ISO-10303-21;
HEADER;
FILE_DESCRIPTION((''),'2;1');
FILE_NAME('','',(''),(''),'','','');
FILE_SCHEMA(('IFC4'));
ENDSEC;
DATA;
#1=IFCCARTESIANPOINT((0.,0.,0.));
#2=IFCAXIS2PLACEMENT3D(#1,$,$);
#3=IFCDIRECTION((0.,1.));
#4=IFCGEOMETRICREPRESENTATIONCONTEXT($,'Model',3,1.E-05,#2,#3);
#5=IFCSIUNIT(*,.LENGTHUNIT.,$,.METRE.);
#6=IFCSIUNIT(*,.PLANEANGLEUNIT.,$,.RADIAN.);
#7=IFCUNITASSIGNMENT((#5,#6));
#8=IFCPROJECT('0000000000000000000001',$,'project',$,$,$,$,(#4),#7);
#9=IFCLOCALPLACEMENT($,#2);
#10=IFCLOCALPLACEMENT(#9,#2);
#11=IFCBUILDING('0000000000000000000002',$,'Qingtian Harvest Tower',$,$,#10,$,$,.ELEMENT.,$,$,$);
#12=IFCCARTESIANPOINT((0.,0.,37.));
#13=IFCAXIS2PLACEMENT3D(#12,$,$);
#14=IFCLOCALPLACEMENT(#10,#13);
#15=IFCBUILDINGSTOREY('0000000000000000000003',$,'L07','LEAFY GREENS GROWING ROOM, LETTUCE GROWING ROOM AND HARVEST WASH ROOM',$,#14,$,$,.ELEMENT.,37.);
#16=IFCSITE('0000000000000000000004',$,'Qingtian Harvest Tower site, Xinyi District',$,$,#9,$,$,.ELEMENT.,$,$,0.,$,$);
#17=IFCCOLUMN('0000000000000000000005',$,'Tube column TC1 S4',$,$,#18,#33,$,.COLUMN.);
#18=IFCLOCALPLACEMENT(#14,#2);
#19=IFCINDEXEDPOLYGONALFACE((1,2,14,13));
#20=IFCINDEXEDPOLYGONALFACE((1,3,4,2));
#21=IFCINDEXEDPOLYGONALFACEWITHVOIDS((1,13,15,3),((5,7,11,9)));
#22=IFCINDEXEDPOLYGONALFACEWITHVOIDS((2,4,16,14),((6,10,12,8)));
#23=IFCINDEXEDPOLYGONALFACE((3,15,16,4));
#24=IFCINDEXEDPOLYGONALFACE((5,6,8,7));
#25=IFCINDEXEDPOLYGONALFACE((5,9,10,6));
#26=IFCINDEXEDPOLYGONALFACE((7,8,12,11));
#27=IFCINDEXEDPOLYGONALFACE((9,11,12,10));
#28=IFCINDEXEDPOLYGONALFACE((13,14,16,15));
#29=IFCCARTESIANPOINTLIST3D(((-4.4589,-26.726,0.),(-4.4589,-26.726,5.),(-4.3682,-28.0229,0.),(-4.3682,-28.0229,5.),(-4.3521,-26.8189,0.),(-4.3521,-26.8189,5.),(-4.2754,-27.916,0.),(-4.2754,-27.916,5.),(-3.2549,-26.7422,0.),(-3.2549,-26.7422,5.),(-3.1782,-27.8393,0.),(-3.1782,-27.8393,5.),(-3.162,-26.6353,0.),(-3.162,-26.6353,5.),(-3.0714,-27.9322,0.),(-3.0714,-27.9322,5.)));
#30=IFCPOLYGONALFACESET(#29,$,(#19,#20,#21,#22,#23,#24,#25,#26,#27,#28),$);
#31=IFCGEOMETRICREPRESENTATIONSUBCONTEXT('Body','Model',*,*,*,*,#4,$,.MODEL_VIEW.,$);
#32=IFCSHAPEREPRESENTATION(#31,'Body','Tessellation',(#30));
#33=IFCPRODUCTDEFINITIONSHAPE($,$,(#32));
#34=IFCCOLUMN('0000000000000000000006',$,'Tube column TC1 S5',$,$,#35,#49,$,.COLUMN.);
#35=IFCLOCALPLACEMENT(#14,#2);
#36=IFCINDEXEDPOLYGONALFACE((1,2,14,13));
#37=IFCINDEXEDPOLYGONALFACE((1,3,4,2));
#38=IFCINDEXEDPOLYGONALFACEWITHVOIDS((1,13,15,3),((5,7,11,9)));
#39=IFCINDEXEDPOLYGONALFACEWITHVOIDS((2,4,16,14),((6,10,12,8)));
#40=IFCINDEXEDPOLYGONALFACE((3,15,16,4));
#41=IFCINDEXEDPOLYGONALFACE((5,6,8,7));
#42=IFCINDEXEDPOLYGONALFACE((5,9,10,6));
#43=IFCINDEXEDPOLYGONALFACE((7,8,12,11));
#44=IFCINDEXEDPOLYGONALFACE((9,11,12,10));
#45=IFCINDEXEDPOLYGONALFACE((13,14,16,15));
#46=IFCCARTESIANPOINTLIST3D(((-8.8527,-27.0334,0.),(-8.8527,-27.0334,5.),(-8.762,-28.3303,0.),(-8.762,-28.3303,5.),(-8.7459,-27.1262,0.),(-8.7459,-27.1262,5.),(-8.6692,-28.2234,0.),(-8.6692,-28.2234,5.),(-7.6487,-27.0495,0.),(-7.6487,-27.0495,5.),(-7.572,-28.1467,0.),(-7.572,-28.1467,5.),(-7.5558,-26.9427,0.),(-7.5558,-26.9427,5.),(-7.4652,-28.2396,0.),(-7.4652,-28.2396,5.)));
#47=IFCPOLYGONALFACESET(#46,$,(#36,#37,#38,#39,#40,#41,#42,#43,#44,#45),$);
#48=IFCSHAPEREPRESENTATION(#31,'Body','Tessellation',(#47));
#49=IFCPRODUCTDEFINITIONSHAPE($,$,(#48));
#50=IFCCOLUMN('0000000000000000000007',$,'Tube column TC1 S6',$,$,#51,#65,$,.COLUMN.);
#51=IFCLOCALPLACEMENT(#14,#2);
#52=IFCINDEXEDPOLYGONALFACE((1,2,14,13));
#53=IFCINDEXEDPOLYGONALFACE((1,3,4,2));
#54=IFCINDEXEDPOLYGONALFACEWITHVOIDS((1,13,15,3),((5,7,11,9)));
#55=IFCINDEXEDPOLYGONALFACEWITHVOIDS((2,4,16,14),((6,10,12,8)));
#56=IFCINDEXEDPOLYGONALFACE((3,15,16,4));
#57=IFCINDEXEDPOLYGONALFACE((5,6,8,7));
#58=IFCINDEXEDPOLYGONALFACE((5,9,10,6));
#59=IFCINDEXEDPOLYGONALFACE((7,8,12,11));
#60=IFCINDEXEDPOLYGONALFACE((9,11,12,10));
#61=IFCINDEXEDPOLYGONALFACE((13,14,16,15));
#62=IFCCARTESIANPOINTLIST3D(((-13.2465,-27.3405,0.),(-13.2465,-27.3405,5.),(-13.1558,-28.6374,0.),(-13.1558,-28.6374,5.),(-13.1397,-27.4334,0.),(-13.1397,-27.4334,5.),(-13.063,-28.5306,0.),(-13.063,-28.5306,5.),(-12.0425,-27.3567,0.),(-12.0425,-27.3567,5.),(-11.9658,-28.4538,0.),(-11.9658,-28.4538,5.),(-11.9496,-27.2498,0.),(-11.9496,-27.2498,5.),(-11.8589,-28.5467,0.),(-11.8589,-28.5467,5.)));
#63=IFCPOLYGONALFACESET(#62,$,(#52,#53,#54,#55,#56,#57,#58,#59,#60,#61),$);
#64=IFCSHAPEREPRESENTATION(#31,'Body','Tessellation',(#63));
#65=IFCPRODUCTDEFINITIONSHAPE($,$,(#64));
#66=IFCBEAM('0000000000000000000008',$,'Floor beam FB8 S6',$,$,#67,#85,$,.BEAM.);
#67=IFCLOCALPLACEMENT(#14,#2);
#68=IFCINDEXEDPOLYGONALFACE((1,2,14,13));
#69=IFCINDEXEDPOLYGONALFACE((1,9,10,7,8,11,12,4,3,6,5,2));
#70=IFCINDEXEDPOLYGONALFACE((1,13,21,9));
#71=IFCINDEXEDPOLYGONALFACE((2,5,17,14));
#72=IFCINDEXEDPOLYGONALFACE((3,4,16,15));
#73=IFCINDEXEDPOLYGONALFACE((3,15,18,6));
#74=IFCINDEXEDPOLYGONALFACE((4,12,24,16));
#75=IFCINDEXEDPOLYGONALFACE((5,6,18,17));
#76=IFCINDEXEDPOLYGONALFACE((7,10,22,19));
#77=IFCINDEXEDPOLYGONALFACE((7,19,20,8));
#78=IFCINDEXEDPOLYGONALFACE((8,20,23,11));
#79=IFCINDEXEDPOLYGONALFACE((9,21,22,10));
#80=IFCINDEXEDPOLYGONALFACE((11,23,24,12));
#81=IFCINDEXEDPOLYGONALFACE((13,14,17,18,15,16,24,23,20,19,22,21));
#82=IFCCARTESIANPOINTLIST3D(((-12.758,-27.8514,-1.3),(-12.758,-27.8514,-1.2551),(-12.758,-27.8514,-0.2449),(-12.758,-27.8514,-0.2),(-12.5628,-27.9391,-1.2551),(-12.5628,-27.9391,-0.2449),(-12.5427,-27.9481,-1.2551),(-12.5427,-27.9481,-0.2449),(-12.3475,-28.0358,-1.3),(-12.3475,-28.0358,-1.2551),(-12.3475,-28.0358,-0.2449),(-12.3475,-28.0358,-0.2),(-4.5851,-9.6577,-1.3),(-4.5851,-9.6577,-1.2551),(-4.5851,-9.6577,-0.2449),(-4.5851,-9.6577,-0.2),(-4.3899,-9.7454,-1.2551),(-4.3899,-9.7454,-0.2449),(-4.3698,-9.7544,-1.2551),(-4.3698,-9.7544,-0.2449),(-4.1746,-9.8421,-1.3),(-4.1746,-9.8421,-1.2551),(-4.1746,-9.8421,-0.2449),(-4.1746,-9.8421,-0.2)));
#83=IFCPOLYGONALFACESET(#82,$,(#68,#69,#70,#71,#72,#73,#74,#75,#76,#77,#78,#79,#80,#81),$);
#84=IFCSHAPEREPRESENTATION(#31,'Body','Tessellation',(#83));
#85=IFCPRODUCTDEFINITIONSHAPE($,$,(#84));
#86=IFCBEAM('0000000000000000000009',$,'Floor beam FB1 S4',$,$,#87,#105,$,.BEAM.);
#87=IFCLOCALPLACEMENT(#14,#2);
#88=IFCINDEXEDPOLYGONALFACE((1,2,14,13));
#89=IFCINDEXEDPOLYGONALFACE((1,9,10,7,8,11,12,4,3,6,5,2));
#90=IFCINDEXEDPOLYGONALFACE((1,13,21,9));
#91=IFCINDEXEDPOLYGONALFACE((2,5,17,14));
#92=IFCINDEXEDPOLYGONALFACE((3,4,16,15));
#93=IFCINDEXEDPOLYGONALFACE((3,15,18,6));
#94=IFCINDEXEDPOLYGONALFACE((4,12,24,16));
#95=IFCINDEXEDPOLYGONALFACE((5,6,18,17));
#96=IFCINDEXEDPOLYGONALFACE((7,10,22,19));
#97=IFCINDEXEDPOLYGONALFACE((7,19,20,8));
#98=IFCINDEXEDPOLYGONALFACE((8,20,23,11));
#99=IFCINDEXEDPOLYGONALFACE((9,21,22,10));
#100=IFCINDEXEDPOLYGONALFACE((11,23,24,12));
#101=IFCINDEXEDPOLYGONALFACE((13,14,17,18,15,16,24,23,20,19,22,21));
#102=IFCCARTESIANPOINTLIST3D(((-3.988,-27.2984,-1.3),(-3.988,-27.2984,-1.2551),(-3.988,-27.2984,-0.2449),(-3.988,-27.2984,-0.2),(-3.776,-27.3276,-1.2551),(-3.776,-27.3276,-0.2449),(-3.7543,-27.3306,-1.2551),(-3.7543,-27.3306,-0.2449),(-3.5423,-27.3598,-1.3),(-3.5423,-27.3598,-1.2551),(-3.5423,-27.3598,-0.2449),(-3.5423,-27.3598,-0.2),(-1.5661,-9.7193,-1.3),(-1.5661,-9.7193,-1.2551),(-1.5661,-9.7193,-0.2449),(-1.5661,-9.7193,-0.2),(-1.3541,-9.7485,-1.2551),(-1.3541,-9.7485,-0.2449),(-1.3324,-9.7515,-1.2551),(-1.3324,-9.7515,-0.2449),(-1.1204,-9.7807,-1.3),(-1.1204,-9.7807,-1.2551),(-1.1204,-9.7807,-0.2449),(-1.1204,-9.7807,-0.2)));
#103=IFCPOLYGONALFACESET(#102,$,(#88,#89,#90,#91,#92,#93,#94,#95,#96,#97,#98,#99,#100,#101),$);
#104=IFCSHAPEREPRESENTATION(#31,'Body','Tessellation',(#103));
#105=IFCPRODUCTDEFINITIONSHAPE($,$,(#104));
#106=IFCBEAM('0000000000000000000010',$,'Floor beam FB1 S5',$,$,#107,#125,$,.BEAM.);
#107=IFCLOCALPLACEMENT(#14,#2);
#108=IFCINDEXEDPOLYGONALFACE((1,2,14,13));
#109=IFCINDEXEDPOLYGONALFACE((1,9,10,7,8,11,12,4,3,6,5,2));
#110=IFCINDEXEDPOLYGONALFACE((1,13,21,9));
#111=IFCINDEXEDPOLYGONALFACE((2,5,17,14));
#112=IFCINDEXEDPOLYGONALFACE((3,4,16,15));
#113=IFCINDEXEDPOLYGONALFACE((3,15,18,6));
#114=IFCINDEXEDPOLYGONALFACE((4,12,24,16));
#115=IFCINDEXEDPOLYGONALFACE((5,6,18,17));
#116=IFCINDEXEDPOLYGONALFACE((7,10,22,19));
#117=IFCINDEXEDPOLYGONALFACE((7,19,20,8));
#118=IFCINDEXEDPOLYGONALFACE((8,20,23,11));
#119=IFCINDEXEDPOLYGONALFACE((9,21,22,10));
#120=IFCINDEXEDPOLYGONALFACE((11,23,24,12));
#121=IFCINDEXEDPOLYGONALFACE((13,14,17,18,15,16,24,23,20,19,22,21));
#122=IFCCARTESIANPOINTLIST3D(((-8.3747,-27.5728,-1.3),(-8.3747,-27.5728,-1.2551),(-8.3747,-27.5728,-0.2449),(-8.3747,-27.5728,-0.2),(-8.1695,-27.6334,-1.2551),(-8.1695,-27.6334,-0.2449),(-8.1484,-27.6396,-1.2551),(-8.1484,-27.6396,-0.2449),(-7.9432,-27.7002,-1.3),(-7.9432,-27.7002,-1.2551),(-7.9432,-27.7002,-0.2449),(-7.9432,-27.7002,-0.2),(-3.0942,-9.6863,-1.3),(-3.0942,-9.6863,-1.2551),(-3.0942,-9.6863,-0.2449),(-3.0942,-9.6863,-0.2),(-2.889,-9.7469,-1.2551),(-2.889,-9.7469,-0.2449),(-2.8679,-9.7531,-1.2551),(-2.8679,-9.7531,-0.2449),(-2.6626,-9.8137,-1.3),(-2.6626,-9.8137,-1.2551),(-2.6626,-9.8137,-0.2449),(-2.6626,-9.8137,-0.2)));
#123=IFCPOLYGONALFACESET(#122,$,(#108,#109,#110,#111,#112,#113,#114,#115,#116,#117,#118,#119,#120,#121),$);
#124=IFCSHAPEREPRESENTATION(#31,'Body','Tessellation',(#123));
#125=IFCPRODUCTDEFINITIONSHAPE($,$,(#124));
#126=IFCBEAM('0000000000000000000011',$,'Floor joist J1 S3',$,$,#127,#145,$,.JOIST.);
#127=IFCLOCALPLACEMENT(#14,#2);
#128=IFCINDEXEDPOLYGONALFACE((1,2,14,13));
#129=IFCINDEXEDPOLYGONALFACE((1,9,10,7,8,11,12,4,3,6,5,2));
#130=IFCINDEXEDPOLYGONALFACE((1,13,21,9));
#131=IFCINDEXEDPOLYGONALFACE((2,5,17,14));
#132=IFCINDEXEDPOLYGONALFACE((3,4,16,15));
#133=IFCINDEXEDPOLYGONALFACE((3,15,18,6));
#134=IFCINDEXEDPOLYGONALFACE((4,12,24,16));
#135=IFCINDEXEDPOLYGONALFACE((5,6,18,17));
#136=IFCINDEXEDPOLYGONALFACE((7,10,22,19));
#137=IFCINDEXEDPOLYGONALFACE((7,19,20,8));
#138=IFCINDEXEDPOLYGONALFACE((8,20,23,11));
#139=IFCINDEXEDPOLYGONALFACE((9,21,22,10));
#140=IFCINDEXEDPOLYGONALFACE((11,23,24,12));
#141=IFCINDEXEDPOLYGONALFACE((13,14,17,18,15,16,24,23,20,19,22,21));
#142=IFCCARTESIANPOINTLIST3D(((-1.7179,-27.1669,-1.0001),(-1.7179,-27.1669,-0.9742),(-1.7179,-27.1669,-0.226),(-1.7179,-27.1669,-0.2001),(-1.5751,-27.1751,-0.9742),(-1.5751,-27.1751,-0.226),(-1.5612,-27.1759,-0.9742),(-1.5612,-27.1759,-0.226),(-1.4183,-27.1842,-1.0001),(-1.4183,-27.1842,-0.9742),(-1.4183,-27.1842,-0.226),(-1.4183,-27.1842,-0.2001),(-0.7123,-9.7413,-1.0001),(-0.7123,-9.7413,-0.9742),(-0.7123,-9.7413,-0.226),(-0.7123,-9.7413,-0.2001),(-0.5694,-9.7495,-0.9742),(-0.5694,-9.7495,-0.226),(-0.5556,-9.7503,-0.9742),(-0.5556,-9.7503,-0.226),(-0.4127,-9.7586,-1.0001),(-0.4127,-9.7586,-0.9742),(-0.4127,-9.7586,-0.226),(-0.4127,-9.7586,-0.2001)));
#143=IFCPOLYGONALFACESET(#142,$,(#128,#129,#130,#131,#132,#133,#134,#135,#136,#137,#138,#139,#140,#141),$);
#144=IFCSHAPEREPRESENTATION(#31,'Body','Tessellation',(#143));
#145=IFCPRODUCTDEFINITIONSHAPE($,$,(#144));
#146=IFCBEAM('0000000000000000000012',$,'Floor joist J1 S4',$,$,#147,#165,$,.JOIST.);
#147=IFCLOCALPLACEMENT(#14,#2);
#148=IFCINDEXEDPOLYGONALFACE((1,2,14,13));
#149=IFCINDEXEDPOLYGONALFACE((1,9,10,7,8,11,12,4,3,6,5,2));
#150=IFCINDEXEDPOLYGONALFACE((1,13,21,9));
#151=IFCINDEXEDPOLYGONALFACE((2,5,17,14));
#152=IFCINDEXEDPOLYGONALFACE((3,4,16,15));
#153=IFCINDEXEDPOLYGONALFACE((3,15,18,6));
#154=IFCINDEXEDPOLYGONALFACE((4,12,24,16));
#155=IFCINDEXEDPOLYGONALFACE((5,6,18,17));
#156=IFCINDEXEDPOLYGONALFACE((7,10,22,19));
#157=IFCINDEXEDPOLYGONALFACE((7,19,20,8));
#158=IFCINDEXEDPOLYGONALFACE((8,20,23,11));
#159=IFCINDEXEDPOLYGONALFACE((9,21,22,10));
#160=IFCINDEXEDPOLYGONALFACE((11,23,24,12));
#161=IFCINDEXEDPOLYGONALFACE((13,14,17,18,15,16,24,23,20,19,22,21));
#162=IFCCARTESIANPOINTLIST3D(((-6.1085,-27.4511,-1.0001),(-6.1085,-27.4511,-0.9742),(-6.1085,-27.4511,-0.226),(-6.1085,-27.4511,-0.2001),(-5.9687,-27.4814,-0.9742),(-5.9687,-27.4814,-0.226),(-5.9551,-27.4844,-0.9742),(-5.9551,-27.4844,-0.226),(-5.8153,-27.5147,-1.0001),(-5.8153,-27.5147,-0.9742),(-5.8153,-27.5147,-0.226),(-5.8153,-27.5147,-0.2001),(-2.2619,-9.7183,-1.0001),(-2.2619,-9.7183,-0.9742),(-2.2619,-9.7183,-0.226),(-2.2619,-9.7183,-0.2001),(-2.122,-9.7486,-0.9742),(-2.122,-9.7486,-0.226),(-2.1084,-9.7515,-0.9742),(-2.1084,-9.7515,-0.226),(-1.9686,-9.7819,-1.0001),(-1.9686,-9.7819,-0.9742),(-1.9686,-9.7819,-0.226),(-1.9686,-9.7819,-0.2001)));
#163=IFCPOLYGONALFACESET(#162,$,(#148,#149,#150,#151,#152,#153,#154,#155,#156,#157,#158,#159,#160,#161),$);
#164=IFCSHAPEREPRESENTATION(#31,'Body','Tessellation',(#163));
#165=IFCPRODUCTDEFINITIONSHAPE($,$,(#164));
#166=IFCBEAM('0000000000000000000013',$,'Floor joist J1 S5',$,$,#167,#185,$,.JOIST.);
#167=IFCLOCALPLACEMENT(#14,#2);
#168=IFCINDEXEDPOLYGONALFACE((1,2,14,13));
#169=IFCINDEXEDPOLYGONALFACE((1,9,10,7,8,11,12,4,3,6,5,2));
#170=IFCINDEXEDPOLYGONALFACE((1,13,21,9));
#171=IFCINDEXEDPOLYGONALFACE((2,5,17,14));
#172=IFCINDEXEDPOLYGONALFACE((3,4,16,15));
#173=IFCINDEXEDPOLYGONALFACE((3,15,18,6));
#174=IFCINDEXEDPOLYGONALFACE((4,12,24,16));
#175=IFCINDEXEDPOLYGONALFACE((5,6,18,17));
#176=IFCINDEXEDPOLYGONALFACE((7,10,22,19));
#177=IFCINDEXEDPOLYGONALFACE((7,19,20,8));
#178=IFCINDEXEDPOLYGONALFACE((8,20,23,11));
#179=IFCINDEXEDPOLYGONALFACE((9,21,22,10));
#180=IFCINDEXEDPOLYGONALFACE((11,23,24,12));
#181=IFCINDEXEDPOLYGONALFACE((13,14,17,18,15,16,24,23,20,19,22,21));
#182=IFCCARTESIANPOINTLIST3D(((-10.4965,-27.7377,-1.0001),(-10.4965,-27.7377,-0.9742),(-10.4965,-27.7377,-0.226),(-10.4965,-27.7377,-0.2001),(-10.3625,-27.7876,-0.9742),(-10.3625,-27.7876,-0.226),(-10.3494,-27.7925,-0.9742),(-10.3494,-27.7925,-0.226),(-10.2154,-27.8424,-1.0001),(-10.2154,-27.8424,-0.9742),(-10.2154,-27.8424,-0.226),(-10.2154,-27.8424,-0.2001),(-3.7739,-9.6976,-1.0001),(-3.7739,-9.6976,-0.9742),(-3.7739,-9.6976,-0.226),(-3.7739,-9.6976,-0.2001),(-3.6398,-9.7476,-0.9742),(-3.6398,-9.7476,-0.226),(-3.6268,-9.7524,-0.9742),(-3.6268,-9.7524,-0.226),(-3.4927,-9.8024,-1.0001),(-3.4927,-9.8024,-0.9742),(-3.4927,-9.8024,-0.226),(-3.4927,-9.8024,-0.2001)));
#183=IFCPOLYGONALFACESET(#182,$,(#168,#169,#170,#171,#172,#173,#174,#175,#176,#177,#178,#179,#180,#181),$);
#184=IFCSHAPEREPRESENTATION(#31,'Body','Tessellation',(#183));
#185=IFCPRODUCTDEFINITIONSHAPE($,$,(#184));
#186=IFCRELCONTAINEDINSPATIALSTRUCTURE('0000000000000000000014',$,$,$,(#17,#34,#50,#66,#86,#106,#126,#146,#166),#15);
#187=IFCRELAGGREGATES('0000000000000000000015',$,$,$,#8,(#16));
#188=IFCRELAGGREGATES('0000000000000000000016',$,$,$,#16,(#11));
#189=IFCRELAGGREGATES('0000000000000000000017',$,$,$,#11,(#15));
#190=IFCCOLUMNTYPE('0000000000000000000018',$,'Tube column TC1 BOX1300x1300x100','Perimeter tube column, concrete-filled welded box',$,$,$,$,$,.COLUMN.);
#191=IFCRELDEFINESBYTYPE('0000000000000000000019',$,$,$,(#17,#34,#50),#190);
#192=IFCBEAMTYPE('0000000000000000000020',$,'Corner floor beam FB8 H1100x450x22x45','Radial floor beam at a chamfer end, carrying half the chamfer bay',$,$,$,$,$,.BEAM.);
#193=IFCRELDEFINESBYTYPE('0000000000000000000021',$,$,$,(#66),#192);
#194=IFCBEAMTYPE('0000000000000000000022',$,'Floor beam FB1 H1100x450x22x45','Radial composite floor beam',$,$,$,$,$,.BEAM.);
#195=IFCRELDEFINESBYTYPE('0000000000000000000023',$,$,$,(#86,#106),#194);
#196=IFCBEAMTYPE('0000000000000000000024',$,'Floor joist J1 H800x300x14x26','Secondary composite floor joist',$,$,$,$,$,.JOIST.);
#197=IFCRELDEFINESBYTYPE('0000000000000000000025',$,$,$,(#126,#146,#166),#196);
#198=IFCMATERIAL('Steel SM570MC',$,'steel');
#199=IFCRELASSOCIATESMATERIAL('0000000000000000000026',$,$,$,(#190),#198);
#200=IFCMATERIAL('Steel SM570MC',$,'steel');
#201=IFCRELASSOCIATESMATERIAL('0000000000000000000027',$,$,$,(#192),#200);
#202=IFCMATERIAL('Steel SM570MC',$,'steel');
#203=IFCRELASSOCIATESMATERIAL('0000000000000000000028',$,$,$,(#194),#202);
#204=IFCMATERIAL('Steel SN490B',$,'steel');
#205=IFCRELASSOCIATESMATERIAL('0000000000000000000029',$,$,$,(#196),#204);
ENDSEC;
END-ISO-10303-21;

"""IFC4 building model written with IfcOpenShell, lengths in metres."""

from ifc_helpers import new_model, si_unit, direction, frame, origin, origin_2d, place, context, subcontext, project, spatial, hollow_rectangle, i_section, extrude, material, material_profile, profile_set, type_object, element, save


model = new_model("IFC4")

# Units and contexts
model_context = context("Model", 3, precision=1e-05, world=origin(), true_north=direction((0.0, 1.0)))
body_context = subcontext(model_context, "Body", "Model", "MODEL_VIEW")
ifc_project = project(units=[si_unit("LENGTHUNIT", "METRE"), si_unit("PLANEANGLEUNIT", "RADIAN")], contexts=[model_context])

# Site, building, storey
site_placement = place(None, origin())
site = spatial("IfcSite", under=ifc_project, at=site_placement, Name="Qingtian Harvest Tower site, Xinyi District", CompositionType="ELEMENT", RefElevation=0.0)
building_placement = place(site_placement, origin())
building = spatial("IfcBuilding", under=site, at=building_placement, Name="Qingtian Harvest Tower", CompositionType="ELEMENT")
storey_placement = place(building_placement, frame((0.0, 0.0, 37.0)))
storey = spatial("IfcBuildingStorey", under=building, at=storey_placement, Name="L07", Description="LEAFY GREENS GROWING ROOM, LETTUCE GROWING ROOM AND HARVEST WASH ROOM", CompositionType="ELEMENT", Elevation=37.0)

# Columns
ifc_material_1 = material(Name="Steel SM570MC", Category="steel")
ifc_material_profile_1 = material_profile(ifc_material_1, hollow_rectangle(XDim=1.3, YDim=1.3, WallThickness=0.1001, at=origin_2d()), Name="BOX1300x1300x100")
ifc_profile_set_1 = profile_set([ifc_material_profile_1], Name="Steel SM570MC")
column_type = type_object("IfcColumnType", Name="Tube column TC1 BOX1300x1300x100", Description="Perimeter tube column, concrete-filled welded box", PredefinedType="COLUMN", material=ifc_profile_set_1)
for number, where, z_axis, x_axis, name in (
    (1, (-3.7651, -27.3291, 0.0), (0.0, 0.0, 1.0), (0.997564, 0.069756, 0.0), "Tube column TC1 S4"),
    (2, (-8.1589, -27.6365, 0.0), (0.0, 0.0, 1.0), (0.997564, 0.069756, 0.0), "Tube column TC1 S5"),
    (3, (-12.5527, -27.9436, 0.0), (0.0, 0.0, 1.0), (0.997564, 0.069756, 0.0), "Tube column TC1 S6"),
):
    element("IfcColumn", number, at=place(storey_placement, frame(where, z_axis=z_axis, x_axis=x_axis)), inside=storey, type_object=column_type, Name=name, PredefinedType="COLUMN", context=body_context, shape_type="SweptSolid", body=[
        extrude(hollow_rectangle(XDim=1.3, YDim=1.3, WallThickness=0.1001, at=origin_2d()), origin(), (0.0, 0.0, 1.0), 5.0),
    ])

# Beams
ifc_material_2 = material(Name="Steel SM570MC", Category="steel")
ifc_material_profile_2 = material_profile(ifc_material_2, i_section(OverallWidth=0.45, OverallDepth=1.1001, WebThickness=0.022, FlangeThickness=0.0449, at=origin_2d()), Name="H1100x450x22x45")
ifc_profile_set_2 = profile_set([ifc_material_profile_2], Name="Steel SM570MC")
beam_type_1 = type_object("IfcBeamType", Name="Corner floor beam FB8 H1100x450x22x45", Description="Radial floor beam at a chamfer end, carrying half the chamfer bay", PredefinedType="BEAM", material=ifc_profile_set_2)
beam_1_placement = place(storey_placement, frame((-12.5527, -27.9436, -0.75), z_axis=(0.40977, 0.912189, 0.0), x_axis=(-0.912189, 0.40977, 0.0)))
element("IfcBeam", 4, at=beam_1_placement, inside=storey, type_object=beam_type_1, Name="Floor beam FB8 S6", PredefinedType="BEAM", context=body_context, shape_type="SweptSolid", body=[
    extrude(i_section(OverallWidth=0.45, OverallDepth=1.1001, WebThickness=0.022, FlangeThickness=0.0449, at=origin_2d()), origin(), (0.0, 0.0, 1.0), 19.9451),
])
ifc_material_3 = material(Name="Steel SM570MC", Category="steel")
ifc_material_profile_3 = material_profile(ifc_material_3, i_section(OverallWidth=0.45, OverallDepth=1.1001, WebThickness=0.022, FlangeThickness=0.0449, at=origin_2d()), Name="H1100x450x22x45")
ifc_profile_set_3 = profile_set([ifc_material_profile_3], Name="Steel SM570MC")
beam_type_2 = type_object("IfcBeamType", Name="Floor beam FB1 H1100x450x22x45", Description="Radial composite floor beam", PredefinedType="BEAM", material=ifc_profile_set_3)
beam_2_placement = place(storey_placement, frame((-3.7651, -27.3291, -0.75), z_axis=(0.136481, 0.990643, 0.0), x_axis=(-0.990643, 0.136481, 0.0)))
element("IfcBeam", 5, at=beam_2_placement, inside=storey, type_object=beam_type_2, Name="Floor beam FB1 S4", PredefinedType="BEAM", context=body_context, shape_type="SweptSolid", body=[
    extrude(i_section(OverallWidth=0.45, OverallDepth=1.1001, WebThickness=0.022, FlangeThickness=0.0449, at=origin_2d()), origin(), (0.0, 0.0, 1.0), 17.7451),
])
beam_3_placement = place(storey_placement, frame((-8.1589, -27.6365, -0.75), z_axis=(0.283143, 0.959078, 0.0), x_axis=(-0.959078, 0.283143, 0.0)))
element("IfcBeam", 6, at=beam_3_placement, inside=storey, type_object=beam_type_2, Name="Floor beam FB1 S5", PredefinedType="BEAM", context=body_context, shape_type="SweptSolid", body=[
    extrude(i_section(OverallWidth=0.45, OverallDepth=1.1001, WebThickness=0.022, FlangeThickness=0.0449, at=origin_2d()), origin(), (0.0, 0.0, 1.0), 18.6497),
])
ifc_material_4 = material(Name="Steel SN490B", Category="steel")
ifc_material_profile_4 = material_profile(ifc_material_4, i_section(OverallWidth=0.3, OverallDepth=0.8, WebThickness=0.0139, FlangeThickness=0.0259, at=origin_2d()), Name="H800x300x14x26")
ifc_profile_set_4 = profile_set([ifc_material_profile_4], Name="Steel SN490B")
beam_type_3 = type_object("IfcBeamType", Name="Floor joist J1 H800x300x14x26", Description="Secondary composite floor joist", PredefinedType="JOIST", material=ifc_profile_set_4)
beam_4_placement = place(storey_placement, frame((-1.5681, -27.1755, -0.6001), z_axis=(0.057613, 0.998339, 0.0), x_axis=(-0.998339, 0.057613, 0.0)))
element("IfcBeam", 7, at=beam_4_placement, inside=storey, type_object=beam_type_3, Name="Floor joist J1 S3", PredefinedType="JOIST", context=body_context, shape_type="SweptSolid", body=[
    extrude(i_section(OverallWidth=0.3, OverallDepth=0.8, WebThickness=0.0139, FlangeThickness=0.0259, at=origin_2d()), origin(), (0.0, 0.0, 1.0), 17.4546),
])
beam_5_placement = place(storey_placement, frame((-5.9619, -27.4829, -0.6001), z_axis=(0.211993, 0.977271, 0.0), x_axis=(-0.977271, 0.211993, 0.0)))
element("IfcBeam", 8, at=beam_5_placement, inside=storey, type_object=beam_type_3, Name="Floor joist J1 S4", PredefinedType="JOIST", context=body_context, shape_type="SweptSolid", body=[
    extrude(i_section(OverallWidth=0.3, OverallDepth=0.8, WebThickness=0.0139, FlangeThickness=0.0259, at=origin_2d()), origin(), (0.0, 0.0, 1.0), 18.1453),
])
beam_6_placement = place(storey_placement, frame((-10.356, -27.79, -0.6001), z_axis=(0.349194, 0.937051, 0.0), x_axis=(-0.937051, 0.349194, 0.0)))
element("IfcBeam", 9, at=beam_6_placement, inside=storey, type_object=beam_type_3, Name="Floor joist J1 S5", PredefinedType="JOIST", context=body_context, shape_type="SweptSolid", body=[
    extrude(i_section(OverallWidth=0.3, OverallDepth=0.8, WebThickness=0.0139, FlangeThickness=0.0259, at=origin_2d()), origin(), (0.0, 0.0, 1.0), 19.252),
])

save(model, "model.ifc")
